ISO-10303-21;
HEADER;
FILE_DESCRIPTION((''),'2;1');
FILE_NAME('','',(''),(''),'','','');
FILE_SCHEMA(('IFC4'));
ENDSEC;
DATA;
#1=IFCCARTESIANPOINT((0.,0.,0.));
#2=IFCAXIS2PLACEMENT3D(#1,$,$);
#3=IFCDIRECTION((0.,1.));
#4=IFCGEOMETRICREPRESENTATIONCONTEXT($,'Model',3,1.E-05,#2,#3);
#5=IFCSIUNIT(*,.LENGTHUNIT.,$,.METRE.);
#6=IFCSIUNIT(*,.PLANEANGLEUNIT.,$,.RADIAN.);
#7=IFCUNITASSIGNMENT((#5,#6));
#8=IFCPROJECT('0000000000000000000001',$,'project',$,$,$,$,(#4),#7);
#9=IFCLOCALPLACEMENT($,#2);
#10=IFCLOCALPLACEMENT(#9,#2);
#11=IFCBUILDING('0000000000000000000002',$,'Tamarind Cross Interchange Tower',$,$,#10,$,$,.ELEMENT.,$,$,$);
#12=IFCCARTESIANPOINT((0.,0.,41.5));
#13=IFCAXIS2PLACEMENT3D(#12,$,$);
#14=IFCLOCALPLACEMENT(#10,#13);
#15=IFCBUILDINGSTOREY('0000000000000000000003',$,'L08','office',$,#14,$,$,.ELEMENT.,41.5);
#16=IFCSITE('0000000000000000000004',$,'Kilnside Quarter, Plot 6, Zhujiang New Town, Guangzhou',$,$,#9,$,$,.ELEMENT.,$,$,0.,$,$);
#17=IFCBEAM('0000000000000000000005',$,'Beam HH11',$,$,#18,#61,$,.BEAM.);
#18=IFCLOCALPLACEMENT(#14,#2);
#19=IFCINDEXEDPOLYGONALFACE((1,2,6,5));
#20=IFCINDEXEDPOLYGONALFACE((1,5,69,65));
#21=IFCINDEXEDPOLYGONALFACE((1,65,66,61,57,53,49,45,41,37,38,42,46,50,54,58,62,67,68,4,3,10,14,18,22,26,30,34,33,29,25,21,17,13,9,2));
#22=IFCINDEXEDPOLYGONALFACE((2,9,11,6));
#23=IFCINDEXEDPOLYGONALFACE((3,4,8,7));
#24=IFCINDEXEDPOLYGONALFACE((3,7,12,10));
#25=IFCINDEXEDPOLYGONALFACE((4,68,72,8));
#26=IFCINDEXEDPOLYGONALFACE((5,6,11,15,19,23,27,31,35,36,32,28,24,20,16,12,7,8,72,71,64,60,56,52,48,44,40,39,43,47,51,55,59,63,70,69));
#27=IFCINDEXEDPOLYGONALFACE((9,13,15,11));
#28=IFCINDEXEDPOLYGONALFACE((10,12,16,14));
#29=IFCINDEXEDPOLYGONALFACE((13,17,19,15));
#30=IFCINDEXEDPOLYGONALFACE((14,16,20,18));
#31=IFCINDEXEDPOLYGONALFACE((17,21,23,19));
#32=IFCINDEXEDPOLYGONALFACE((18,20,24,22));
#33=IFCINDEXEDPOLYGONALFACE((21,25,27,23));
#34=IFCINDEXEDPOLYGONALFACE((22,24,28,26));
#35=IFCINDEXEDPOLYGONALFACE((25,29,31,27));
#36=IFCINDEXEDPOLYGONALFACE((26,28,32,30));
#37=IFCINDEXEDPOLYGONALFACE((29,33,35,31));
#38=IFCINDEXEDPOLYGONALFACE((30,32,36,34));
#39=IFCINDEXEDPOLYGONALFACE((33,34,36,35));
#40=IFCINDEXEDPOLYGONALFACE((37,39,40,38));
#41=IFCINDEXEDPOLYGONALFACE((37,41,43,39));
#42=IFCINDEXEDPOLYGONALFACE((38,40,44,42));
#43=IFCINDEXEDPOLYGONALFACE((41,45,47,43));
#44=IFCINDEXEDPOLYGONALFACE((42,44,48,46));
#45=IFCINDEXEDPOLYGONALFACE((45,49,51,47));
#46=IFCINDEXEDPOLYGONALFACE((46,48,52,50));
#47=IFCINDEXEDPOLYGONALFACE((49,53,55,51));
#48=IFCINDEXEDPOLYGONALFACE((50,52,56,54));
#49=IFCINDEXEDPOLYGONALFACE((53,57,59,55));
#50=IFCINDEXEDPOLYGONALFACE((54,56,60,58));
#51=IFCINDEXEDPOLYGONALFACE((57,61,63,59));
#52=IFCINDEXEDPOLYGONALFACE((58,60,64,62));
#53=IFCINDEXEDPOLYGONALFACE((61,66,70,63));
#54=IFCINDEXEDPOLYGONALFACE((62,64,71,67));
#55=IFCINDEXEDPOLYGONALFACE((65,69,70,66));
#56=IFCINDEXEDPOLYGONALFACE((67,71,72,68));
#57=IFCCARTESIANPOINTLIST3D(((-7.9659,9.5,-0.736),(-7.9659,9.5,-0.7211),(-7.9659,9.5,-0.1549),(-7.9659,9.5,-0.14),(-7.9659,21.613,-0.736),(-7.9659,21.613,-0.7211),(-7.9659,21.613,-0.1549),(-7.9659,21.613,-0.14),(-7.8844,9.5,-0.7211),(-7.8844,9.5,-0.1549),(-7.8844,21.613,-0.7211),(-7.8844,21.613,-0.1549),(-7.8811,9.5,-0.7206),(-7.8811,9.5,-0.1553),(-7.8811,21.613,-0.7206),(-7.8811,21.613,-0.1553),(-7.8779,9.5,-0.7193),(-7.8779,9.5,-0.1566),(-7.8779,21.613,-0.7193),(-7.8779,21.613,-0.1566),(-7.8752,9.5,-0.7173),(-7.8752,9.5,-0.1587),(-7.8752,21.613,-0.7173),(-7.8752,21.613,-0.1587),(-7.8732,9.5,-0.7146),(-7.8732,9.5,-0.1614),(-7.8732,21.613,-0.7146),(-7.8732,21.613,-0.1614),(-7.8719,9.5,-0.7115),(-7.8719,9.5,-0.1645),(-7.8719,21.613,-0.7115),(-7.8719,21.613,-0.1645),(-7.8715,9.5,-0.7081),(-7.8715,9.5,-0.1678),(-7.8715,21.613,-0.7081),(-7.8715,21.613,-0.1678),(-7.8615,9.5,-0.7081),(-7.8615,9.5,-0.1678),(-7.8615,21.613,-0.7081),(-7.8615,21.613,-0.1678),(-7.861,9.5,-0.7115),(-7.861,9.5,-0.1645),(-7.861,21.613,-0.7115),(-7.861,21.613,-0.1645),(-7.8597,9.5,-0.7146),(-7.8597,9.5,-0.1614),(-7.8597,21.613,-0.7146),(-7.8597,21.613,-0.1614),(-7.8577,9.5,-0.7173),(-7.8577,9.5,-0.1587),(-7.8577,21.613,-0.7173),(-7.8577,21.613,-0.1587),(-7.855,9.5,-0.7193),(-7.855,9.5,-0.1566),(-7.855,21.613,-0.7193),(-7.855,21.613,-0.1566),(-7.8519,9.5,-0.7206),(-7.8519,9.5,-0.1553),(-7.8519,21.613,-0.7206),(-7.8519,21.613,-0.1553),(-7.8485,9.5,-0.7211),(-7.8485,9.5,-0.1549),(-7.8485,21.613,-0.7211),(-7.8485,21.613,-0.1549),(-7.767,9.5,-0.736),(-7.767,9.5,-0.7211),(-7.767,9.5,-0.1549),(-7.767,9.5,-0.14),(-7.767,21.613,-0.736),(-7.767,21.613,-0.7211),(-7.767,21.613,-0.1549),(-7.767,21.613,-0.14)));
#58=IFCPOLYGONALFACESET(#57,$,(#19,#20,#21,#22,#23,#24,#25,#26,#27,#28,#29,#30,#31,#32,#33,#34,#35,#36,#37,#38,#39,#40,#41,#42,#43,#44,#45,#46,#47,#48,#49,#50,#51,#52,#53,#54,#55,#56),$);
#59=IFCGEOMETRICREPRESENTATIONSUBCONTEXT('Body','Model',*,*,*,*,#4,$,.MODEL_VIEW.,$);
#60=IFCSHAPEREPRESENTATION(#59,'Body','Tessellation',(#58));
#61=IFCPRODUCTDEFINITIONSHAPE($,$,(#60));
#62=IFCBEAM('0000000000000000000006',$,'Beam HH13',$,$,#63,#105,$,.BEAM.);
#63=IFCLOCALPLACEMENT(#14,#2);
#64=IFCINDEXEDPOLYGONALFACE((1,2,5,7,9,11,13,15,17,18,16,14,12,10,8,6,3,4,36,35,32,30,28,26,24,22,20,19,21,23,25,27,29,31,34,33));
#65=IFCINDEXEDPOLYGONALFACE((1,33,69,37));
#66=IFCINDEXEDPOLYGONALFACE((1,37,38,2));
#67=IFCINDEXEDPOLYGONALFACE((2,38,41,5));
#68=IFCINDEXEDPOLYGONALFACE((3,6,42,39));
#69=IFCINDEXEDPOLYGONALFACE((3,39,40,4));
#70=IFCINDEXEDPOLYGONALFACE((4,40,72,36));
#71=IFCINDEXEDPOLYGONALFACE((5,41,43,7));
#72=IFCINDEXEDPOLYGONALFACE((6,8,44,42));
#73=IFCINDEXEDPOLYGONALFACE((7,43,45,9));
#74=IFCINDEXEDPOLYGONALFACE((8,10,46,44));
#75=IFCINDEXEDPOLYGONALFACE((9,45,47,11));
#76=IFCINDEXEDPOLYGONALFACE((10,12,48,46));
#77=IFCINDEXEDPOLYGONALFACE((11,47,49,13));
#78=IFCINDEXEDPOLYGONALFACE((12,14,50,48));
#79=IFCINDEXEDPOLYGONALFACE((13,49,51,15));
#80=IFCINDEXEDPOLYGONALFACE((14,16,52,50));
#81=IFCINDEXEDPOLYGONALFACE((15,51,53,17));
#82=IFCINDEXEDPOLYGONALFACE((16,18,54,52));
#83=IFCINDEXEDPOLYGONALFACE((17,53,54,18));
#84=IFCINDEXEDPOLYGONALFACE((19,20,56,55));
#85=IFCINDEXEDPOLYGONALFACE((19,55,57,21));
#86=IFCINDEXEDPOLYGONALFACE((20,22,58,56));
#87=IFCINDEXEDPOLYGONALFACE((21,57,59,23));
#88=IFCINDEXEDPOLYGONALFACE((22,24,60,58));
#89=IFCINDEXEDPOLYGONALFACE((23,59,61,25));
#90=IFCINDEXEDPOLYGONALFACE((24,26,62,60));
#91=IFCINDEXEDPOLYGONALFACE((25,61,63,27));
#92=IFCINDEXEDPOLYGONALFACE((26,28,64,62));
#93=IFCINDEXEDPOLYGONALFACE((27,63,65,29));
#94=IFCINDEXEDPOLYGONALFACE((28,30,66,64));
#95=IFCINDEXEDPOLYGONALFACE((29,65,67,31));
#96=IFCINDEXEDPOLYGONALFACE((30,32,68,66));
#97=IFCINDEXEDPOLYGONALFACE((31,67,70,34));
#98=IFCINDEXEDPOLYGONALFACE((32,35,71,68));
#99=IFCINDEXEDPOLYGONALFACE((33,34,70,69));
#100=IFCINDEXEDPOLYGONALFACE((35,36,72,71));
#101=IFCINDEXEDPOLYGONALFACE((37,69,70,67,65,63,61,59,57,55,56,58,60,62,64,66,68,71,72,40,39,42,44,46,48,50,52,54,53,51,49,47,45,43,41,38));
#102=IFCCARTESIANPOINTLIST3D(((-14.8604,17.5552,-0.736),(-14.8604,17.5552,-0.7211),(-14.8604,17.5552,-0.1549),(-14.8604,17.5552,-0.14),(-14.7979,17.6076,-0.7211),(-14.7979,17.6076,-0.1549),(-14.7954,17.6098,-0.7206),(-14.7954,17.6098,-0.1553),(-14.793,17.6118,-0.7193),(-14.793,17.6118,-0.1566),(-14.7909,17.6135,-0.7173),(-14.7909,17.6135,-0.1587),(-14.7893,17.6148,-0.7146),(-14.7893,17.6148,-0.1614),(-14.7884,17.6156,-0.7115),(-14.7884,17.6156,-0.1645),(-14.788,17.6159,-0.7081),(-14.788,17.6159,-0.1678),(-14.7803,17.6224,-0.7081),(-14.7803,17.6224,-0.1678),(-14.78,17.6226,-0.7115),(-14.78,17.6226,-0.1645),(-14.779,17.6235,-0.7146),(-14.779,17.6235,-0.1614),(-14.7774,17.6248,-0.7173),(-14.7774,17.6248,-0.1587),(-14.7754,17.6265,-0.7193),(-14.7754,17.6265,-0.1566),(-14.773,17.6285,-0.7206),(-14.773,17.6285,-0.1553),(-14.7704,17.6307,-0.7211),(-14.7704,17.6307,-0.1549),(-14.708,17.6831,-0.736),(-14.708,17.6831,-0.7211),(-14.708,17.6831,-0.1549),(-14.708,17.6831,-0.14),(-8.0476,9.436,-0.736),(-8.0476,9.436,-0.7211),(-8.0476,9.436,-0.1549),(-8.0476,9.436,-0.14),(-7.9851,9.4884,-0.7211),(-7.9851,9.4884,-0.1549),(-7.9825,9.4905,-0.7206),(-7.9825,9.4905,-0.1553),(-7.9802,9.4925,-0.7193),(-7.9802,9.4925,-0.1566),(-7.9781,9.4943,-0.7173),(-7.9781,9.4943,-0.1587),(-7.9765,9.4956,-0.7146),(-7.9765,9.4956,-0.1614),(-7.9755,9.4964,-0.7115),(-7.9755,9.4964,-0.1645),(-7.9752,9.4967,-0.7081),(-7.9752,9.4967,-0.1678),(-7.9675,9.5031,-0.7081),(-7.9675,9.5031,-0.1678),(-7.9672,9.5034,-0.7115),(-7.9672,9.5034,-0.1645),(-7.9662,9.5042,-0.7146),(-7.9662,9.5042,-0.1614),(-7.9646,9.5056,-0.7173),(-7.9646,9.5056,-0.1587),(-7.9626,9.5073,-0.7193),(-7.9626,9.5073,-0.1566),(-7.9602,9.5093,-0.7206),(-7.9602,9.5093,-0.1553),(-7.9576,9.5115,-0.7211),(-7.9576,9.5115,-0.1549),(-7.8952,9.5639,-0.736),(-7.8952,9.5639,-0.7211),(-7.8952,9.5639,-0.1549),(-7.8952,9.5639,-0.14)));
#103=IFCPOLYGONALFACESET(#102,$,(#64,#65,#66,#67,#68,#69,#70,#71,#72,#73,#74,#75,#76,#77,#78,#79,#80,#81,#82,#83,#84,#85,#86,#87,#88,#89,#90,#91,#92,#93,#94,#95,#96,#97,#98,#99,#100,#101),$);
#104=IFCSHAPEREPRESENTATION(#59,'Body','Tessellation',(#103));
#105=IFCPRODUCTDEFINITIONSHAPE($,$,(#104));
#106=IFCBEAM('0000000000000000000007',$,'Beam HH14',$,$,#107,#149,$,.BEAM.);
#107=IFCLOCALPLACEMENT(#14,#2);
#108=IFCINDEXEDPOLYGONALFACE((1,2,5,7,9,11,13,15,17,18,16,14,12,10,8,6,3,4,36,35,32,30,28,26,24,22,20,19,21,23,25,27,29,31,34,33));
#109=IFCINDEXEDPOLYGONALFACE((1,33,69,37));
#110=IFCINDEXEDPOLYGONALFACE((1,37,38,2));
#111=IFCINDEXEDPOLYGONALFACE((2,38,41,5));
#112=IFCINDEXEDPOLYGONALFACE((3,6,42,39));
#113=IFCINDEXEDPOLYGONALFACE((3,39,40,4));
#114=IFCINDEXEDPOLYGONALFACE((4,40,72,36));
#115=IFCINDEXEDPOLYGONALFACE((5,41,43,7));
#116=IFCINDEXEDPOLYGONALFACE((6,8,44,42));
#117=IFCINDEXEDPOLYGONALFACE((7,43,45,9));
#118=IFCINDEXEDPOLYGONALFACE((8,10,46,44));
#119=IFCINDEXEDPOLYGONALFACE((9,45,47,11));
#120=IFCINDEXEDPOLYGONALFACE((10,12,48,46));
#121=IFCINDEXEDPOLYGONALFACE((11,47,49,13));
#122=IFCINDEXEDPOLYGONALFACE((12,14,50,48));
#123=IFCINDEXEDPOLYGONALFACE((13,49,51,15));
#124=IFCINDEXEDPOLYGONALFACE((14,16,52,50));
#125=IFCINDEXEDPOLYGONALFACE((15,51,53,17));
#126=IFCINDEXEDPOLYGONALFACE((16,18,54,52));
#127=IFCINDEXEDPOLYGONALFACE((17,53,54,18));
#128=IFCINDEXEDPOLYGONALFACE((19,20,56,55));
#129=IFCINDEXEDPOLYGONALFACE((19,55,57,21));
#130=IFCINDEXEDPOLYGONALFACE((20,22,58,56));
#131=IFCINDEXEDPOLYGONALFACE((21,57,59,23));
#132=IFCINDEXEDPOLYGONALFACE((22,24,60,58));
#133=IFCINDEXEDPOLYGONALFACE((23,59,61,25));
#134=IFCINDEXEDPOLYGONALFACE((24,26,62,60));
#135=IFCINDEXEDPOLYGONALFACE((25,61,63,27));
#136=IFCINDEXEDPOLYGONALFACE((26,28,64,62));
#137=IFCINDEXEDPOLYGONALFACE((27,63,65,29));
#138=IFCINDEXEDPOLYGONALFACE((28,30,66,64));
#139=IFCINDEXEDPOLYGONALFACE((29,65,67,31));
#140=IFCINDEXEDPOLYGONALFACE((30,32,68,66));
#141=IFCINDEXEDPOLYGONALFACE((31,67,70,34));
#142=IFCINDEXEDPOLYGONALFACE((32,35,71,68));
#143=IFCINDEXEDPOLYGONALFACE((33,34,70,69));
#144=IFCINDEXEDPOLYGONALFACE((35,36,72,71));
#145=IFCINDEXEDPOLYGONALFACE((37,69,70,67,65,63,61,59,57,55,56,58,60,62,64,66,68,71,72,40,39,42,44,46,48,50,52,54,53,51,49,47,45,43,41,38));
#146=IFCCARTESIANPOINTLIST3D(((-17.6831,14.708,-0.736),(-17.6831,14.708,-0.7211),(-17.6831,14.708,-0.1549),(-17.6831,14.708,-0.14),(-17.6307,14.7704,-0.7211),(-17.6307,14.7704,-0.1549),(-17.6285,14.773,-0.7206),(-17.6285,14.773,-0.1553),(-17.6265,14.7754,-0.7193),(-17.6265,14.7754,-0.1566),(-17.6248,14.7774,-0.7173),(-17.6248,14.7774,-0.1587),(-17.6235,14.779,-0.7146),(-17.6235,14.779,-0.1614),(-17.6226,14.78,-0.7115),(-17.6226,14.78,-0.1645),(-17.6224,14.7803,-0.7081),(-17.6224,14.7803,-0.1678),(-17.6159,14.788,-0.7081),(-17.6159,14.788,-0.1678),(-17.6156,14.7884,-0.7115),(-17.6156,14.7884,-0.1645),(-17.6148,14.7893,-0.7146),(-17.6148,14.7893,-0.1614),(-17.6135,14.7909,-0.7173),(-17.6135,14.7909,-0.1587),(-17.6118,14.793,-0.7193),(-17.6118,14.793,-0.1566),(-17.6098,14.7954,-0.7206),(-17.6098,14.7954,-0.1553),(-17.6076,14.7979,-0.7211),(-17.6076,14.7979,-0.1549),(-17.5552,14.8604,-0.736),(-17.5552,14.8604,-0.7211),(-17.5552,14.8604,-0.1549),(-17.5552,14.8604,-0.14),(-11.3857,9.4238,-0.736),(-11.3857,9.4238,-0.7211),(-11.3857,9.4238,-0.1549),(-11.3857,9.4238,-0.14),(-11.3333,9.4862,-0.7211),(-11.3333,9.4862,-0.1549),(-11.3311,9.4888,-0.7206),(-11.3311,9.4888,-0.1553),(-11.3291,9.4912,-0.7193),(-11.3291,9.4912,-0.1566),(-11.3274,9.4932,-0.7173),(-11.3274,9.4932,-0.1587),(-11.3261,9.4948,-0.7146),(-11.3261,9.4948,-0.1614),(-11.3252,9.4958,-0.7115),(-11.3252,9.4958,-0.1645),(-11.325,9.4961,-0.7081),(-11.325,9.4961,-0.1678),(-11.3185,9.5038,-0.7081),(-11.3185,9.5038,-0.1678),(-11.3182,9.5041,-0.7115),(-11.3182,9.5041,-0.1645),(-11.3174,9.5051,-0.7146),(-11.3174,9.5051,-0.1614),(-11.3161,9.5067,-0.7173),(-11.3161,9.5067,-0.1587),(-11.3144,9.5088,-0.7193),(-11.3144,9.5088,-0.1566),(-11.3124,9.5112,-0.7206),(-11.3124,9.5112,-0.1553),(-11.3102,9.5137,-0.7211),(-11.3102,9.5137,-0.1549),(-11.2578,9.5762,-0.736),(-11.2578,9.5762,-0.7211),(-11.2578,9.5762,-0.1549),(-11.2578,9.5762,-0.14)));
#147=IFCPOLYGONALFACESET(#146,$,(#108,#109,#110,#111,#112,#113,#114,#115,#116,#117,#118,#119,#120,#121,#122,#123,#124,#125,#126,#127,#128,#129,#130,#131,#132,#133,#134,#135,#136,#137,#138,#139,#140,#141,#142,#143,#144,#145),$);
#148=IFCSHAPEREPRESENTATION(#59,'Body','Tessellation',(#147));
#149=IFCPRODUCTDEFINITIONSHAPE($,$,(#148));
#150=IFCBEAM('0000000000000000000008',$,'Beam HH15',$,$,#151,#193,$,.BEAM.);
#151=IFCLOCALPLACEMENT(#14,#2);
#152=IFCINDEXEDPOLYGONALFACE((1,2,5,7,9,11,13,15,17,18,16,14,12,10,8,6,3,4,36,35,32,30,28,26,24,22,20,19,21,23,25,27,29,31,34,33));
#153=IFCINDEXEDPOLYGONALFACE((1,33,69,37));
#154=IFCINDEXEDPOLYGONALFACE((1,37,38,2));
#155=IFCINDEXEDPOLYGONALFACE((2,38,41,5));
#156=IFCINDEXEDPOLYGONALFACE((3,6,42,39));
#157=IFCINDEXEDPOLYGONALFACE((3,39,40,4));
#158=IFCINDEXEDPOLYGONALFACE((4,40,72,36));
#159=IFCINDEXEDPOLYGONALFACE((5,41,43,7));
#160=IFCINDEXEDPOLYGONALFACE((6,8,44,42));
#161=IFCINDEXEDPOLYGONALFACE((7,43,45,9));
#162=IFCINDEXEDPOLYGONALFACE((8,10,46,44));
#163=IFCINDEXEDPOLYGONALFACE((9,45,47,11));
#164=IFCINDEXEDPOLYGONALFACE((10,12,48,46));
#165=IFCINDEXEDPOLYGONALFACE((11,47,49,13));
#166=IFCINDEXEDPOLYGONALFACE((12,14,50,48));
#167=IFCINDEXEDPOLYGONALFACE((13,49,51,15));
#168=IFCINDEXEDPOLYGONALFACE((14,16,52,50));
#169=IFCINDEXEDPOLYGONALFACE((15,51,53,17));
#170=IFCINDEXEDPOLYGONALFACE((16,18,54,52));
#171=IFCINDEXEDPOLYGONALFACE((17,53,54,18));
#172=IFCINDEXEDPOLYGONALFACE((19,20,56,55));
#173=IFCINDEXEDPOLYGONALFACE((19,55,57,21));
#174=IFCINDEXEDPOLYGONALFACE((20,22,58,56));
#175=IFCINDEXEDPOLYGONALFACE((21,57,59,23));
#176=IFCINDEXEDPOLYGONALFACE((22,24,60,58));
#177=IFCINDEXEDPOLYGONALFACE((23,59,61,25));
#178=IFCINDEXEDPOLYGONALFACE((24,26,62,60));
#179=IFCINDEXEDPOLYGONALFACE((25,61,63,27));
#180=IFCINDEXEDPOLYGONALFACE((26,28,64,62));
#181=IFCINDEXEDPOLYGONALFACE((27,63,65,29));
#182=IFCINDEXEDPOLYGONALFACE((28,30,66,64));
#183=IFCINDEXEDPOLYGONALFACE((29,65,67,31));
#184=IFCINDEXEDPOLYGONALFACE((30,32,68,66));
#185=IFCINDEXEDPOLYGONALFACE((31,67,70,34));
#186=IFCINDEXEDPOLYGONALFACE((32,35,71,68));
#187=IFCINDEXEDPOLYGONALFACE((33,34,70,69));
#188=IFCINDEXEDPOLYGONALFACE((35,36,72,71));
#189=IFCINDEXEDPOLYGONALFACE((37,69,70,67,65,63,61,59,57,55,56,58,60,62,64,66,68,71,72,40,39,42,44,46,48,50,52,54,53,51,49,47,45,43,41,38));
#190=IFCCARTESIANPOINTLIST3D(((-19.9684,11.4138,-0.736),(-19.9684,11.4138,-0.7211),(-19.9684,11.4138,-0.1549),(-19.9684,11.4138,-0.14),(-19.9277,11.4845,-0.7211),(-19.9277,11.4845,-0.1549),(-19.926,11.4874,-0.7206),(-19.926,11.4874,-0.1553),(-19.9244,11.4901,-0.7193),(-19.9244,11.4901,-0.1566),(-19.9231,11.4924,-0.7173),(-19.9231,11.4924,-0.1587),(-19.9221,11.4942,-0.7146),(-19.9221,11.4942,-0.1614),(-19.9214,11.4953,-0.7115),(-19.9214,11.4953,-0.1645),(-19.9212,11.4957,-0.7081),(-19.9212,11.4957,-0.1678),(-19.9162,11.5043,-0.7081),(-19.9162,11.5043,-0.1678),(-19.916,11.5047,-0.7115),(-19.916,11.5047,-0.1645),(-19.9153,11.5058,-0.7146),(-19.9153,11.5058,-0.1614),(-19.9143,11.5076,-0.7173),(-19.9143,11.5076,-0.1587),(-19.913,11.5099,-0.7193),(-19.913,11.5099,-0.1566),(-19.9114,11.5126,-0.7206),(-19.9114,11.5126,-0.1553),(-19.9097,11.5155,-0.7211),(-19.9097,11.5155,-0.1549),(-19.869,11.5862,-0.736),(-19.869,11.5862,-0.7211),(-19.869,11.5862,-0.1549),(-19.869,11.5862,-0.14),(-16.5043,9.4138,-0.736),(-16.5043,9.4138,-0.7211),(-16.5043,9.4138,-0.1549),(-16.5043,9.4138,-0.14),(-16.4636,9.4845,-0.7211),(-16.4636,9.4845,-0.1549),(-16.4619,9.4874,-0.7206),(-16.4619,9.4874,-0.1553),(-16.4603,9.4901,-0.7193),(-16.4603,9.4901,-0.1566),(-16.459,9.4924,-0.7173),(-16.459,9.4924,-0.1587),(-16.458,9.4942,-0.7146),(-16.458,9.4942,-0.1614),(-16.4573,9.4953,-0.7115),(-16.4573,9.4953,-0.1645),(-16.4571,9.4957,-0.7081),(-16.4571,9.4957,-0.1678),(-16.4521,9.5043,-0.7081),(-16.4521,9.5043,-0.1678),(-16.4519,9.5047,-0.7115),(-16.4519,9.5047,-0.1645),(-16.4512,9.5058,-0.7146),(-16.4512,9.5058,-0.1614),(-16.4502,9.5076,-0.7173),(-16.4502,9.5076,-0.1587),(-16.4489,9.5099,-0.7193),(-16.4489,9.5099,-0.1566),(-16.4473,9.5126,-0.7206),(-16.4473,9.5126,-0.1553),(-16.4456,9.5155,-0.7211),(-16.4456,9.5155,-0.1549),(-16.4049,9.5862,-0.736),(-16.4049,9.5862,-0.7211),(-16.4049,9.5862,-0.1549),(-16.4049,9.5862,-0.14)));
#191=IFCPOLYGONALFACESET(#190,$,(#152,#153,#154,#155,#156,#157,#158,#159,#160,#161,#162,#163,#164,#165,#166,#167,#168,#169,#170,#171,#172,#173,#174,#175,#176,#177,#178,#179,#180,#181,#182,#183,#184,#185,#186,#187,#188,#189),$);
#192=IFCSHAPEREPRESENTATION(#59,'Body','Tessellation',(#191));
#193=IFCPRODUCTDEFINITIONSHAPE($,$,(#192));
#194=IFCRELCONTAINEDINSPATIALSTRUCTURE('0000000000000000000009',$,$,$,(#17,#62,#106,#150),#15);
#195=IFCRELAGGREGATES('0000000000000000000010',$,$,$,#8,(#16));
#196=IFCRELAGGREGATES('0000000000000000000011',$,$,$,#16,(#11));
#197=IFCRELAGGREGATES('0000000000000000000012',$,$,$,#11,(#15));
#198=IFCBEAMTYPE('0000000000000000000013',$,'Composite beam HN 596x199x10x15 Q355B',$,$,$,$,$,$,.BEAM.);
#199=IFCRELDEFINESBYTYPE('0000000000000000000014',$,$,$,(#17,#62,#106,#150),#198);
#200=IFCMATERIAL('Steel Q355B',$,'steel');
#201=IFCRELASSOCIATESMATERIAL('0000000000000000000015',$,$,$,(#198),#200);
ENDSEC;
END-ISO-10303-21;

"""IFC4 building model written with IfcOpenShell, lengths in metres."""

from ifc_helpers import new_model, si_unit, direction, frame, origin, origin_2d, place, context, subcontext, project, spatial, i_section, extrude, material, material_profile, profile_set, type_object, element, save


model = new_model("IFC4")

# Units and contexts
model_context = context("Model", 3, precision=1e-05, world=origin(), true_north=direction((0.0, 1.0)))
body_context = subcontext(model_context, "Body", "Model", "MODEL_VIEW")
ifc_project = project(units=[si_unit("LENGTHUNIT", "METRE"), si_unit("PLANEANGLEUNIT", "RADIAN")], contexts=[model_context])

# Site, building, storey
site_placement = place(None, origin())
site = spatial("IfcSite", under=ifc_project, at=site_placement, Name="Kilnside Quarter, Plot 6, Zhujiang New Town, Guangzhou", CompositionType="ELEMENT", RefElevation=0.0)
building_placement = place(site_placement, origin())
building = spatial("IfcBuilding", under=site, at=building_placement, Name="Tamarind Cross Interchange Tower", CompositionType="ELEMENT")
storey_placement = place(building_placement, frame((0.0, 0.0, 41.5)))
storey = spatial("IfcBuildingStorey", under=building, at=storey_placement, Name="L08", Description="office", CompositionType="ELEMENT", Elevation=41.5)

# Beams
ifc_material_1 = material(Name="Steel Q355B", Category="steel")
ifc_material_profile_1 = material_profile(ifc_material_1, i_section(OverallWidth=0.199, OverallDepth=0.5959, WebThickness=0.01, FlangeThickness=0.0149, FilletRadius=0.0129, at=origin_2d()), Name="HN 596x199x10x15")
ifc_profile_set_1 = profile_set([ifc_material_profile_1], Name="Steel Q355B")
beam_type_1 = type_object("IfcBeamType", Name="Composite beam HN 596x199x10x15 Q355B", PredefinedType="BEAM", material=ifc_profile_set_1)
beam_1_placement = place(storey_placement, frame((-7.8665, 21.613, -0.438), z_axis=(0.0, -1.0, 0.0), x_axis=(1.0, 0.0, 0.0)))
element("IfcBeam", 1, at=beam_1_placement, inside=storey, type_object=beam_type_1, Name="Beam HH11", PredefinedType="BEAM", context=body_context, shape_type="SweptSolid", body=[
    extrude(i_section(OverallWidth=0.199, OverallDepth=0.5959, WebThickness=0.01, FlangeThickness=0.0149, FilletRadius=0.0129, at=origin_2d()), origin(), (0.0, 0.0, 1.0), 12.113),
])
beam_2_placement = place(storey_placement, frame((-14.7842, 17.6191, -0.438), z_axis=(0.642786, -0.766046, 0.0), x_axis=(0.766046, 0.642786, 0.0)))
element("IfcBeam", 2, at=beam_2_placement, inside=storey, type_object=beam_type_1, Name="Beam HH13", PredefinedType="BEAM", context=body_context, shape_type="SweptSolid", body=[
    extrude(i_section(OverallWidth=0.199, OverallDepth=0.5959, WebThickness=0.01, FlangeThickness=0.0149, FilletRadius=0.0129, at=origin_2d()), origin(), (0.0, 0.0, 1.0), 10.5989),
])
beam_3_placement = place(storey_placement, frame((-17.6191, 14.7842, -0.438), z_axis=(0.766041, -0.642792, 0.0), x_axis=(0.642792, 0.766041, 0.0)))
element("IfcBeam", 3, at=beam_3_placement, inside=storey, type_object=beam_type_1, Name="Beam HH14", PredefinedType="BEAM", context=body_context, shape_type="SweptSolid", body=[
    extrude(i_section(OverallWidth=0.199, OverallDepth=0.5959, WebThickness=0.01, FlangeThickness=0.0149, FilletRadius=0.0129, at=origin_2d()), origin(), (0.0, 0.0, 1.0), 8.2207),
])
beam_4_placement = place(storey_placement, frame((-19.9187, 11.5, -0.438), z_axis=(0.866026, -0.499999, 0.0), x_axis=(0.499999, 0.866026, 0.0)))
element("IfcBeam", 4, at=beam_4_placement, inside=storey, type_object=beam_type_1, Name="Beam HH15", PredefinedType="BEAM", context=body_context, shape_type="SweptSolid", body=[
    extrude(i_section(OverallWidth=0.199, OverallDepth=0.5959, WebThickness=0.01, FlangeThickness=0.0149, FilletRadius=0.0129, at=origin_2d()), origin(), (0.0, 0.0, 1.0), 4.0),
])

save(model, "model.ifc")
